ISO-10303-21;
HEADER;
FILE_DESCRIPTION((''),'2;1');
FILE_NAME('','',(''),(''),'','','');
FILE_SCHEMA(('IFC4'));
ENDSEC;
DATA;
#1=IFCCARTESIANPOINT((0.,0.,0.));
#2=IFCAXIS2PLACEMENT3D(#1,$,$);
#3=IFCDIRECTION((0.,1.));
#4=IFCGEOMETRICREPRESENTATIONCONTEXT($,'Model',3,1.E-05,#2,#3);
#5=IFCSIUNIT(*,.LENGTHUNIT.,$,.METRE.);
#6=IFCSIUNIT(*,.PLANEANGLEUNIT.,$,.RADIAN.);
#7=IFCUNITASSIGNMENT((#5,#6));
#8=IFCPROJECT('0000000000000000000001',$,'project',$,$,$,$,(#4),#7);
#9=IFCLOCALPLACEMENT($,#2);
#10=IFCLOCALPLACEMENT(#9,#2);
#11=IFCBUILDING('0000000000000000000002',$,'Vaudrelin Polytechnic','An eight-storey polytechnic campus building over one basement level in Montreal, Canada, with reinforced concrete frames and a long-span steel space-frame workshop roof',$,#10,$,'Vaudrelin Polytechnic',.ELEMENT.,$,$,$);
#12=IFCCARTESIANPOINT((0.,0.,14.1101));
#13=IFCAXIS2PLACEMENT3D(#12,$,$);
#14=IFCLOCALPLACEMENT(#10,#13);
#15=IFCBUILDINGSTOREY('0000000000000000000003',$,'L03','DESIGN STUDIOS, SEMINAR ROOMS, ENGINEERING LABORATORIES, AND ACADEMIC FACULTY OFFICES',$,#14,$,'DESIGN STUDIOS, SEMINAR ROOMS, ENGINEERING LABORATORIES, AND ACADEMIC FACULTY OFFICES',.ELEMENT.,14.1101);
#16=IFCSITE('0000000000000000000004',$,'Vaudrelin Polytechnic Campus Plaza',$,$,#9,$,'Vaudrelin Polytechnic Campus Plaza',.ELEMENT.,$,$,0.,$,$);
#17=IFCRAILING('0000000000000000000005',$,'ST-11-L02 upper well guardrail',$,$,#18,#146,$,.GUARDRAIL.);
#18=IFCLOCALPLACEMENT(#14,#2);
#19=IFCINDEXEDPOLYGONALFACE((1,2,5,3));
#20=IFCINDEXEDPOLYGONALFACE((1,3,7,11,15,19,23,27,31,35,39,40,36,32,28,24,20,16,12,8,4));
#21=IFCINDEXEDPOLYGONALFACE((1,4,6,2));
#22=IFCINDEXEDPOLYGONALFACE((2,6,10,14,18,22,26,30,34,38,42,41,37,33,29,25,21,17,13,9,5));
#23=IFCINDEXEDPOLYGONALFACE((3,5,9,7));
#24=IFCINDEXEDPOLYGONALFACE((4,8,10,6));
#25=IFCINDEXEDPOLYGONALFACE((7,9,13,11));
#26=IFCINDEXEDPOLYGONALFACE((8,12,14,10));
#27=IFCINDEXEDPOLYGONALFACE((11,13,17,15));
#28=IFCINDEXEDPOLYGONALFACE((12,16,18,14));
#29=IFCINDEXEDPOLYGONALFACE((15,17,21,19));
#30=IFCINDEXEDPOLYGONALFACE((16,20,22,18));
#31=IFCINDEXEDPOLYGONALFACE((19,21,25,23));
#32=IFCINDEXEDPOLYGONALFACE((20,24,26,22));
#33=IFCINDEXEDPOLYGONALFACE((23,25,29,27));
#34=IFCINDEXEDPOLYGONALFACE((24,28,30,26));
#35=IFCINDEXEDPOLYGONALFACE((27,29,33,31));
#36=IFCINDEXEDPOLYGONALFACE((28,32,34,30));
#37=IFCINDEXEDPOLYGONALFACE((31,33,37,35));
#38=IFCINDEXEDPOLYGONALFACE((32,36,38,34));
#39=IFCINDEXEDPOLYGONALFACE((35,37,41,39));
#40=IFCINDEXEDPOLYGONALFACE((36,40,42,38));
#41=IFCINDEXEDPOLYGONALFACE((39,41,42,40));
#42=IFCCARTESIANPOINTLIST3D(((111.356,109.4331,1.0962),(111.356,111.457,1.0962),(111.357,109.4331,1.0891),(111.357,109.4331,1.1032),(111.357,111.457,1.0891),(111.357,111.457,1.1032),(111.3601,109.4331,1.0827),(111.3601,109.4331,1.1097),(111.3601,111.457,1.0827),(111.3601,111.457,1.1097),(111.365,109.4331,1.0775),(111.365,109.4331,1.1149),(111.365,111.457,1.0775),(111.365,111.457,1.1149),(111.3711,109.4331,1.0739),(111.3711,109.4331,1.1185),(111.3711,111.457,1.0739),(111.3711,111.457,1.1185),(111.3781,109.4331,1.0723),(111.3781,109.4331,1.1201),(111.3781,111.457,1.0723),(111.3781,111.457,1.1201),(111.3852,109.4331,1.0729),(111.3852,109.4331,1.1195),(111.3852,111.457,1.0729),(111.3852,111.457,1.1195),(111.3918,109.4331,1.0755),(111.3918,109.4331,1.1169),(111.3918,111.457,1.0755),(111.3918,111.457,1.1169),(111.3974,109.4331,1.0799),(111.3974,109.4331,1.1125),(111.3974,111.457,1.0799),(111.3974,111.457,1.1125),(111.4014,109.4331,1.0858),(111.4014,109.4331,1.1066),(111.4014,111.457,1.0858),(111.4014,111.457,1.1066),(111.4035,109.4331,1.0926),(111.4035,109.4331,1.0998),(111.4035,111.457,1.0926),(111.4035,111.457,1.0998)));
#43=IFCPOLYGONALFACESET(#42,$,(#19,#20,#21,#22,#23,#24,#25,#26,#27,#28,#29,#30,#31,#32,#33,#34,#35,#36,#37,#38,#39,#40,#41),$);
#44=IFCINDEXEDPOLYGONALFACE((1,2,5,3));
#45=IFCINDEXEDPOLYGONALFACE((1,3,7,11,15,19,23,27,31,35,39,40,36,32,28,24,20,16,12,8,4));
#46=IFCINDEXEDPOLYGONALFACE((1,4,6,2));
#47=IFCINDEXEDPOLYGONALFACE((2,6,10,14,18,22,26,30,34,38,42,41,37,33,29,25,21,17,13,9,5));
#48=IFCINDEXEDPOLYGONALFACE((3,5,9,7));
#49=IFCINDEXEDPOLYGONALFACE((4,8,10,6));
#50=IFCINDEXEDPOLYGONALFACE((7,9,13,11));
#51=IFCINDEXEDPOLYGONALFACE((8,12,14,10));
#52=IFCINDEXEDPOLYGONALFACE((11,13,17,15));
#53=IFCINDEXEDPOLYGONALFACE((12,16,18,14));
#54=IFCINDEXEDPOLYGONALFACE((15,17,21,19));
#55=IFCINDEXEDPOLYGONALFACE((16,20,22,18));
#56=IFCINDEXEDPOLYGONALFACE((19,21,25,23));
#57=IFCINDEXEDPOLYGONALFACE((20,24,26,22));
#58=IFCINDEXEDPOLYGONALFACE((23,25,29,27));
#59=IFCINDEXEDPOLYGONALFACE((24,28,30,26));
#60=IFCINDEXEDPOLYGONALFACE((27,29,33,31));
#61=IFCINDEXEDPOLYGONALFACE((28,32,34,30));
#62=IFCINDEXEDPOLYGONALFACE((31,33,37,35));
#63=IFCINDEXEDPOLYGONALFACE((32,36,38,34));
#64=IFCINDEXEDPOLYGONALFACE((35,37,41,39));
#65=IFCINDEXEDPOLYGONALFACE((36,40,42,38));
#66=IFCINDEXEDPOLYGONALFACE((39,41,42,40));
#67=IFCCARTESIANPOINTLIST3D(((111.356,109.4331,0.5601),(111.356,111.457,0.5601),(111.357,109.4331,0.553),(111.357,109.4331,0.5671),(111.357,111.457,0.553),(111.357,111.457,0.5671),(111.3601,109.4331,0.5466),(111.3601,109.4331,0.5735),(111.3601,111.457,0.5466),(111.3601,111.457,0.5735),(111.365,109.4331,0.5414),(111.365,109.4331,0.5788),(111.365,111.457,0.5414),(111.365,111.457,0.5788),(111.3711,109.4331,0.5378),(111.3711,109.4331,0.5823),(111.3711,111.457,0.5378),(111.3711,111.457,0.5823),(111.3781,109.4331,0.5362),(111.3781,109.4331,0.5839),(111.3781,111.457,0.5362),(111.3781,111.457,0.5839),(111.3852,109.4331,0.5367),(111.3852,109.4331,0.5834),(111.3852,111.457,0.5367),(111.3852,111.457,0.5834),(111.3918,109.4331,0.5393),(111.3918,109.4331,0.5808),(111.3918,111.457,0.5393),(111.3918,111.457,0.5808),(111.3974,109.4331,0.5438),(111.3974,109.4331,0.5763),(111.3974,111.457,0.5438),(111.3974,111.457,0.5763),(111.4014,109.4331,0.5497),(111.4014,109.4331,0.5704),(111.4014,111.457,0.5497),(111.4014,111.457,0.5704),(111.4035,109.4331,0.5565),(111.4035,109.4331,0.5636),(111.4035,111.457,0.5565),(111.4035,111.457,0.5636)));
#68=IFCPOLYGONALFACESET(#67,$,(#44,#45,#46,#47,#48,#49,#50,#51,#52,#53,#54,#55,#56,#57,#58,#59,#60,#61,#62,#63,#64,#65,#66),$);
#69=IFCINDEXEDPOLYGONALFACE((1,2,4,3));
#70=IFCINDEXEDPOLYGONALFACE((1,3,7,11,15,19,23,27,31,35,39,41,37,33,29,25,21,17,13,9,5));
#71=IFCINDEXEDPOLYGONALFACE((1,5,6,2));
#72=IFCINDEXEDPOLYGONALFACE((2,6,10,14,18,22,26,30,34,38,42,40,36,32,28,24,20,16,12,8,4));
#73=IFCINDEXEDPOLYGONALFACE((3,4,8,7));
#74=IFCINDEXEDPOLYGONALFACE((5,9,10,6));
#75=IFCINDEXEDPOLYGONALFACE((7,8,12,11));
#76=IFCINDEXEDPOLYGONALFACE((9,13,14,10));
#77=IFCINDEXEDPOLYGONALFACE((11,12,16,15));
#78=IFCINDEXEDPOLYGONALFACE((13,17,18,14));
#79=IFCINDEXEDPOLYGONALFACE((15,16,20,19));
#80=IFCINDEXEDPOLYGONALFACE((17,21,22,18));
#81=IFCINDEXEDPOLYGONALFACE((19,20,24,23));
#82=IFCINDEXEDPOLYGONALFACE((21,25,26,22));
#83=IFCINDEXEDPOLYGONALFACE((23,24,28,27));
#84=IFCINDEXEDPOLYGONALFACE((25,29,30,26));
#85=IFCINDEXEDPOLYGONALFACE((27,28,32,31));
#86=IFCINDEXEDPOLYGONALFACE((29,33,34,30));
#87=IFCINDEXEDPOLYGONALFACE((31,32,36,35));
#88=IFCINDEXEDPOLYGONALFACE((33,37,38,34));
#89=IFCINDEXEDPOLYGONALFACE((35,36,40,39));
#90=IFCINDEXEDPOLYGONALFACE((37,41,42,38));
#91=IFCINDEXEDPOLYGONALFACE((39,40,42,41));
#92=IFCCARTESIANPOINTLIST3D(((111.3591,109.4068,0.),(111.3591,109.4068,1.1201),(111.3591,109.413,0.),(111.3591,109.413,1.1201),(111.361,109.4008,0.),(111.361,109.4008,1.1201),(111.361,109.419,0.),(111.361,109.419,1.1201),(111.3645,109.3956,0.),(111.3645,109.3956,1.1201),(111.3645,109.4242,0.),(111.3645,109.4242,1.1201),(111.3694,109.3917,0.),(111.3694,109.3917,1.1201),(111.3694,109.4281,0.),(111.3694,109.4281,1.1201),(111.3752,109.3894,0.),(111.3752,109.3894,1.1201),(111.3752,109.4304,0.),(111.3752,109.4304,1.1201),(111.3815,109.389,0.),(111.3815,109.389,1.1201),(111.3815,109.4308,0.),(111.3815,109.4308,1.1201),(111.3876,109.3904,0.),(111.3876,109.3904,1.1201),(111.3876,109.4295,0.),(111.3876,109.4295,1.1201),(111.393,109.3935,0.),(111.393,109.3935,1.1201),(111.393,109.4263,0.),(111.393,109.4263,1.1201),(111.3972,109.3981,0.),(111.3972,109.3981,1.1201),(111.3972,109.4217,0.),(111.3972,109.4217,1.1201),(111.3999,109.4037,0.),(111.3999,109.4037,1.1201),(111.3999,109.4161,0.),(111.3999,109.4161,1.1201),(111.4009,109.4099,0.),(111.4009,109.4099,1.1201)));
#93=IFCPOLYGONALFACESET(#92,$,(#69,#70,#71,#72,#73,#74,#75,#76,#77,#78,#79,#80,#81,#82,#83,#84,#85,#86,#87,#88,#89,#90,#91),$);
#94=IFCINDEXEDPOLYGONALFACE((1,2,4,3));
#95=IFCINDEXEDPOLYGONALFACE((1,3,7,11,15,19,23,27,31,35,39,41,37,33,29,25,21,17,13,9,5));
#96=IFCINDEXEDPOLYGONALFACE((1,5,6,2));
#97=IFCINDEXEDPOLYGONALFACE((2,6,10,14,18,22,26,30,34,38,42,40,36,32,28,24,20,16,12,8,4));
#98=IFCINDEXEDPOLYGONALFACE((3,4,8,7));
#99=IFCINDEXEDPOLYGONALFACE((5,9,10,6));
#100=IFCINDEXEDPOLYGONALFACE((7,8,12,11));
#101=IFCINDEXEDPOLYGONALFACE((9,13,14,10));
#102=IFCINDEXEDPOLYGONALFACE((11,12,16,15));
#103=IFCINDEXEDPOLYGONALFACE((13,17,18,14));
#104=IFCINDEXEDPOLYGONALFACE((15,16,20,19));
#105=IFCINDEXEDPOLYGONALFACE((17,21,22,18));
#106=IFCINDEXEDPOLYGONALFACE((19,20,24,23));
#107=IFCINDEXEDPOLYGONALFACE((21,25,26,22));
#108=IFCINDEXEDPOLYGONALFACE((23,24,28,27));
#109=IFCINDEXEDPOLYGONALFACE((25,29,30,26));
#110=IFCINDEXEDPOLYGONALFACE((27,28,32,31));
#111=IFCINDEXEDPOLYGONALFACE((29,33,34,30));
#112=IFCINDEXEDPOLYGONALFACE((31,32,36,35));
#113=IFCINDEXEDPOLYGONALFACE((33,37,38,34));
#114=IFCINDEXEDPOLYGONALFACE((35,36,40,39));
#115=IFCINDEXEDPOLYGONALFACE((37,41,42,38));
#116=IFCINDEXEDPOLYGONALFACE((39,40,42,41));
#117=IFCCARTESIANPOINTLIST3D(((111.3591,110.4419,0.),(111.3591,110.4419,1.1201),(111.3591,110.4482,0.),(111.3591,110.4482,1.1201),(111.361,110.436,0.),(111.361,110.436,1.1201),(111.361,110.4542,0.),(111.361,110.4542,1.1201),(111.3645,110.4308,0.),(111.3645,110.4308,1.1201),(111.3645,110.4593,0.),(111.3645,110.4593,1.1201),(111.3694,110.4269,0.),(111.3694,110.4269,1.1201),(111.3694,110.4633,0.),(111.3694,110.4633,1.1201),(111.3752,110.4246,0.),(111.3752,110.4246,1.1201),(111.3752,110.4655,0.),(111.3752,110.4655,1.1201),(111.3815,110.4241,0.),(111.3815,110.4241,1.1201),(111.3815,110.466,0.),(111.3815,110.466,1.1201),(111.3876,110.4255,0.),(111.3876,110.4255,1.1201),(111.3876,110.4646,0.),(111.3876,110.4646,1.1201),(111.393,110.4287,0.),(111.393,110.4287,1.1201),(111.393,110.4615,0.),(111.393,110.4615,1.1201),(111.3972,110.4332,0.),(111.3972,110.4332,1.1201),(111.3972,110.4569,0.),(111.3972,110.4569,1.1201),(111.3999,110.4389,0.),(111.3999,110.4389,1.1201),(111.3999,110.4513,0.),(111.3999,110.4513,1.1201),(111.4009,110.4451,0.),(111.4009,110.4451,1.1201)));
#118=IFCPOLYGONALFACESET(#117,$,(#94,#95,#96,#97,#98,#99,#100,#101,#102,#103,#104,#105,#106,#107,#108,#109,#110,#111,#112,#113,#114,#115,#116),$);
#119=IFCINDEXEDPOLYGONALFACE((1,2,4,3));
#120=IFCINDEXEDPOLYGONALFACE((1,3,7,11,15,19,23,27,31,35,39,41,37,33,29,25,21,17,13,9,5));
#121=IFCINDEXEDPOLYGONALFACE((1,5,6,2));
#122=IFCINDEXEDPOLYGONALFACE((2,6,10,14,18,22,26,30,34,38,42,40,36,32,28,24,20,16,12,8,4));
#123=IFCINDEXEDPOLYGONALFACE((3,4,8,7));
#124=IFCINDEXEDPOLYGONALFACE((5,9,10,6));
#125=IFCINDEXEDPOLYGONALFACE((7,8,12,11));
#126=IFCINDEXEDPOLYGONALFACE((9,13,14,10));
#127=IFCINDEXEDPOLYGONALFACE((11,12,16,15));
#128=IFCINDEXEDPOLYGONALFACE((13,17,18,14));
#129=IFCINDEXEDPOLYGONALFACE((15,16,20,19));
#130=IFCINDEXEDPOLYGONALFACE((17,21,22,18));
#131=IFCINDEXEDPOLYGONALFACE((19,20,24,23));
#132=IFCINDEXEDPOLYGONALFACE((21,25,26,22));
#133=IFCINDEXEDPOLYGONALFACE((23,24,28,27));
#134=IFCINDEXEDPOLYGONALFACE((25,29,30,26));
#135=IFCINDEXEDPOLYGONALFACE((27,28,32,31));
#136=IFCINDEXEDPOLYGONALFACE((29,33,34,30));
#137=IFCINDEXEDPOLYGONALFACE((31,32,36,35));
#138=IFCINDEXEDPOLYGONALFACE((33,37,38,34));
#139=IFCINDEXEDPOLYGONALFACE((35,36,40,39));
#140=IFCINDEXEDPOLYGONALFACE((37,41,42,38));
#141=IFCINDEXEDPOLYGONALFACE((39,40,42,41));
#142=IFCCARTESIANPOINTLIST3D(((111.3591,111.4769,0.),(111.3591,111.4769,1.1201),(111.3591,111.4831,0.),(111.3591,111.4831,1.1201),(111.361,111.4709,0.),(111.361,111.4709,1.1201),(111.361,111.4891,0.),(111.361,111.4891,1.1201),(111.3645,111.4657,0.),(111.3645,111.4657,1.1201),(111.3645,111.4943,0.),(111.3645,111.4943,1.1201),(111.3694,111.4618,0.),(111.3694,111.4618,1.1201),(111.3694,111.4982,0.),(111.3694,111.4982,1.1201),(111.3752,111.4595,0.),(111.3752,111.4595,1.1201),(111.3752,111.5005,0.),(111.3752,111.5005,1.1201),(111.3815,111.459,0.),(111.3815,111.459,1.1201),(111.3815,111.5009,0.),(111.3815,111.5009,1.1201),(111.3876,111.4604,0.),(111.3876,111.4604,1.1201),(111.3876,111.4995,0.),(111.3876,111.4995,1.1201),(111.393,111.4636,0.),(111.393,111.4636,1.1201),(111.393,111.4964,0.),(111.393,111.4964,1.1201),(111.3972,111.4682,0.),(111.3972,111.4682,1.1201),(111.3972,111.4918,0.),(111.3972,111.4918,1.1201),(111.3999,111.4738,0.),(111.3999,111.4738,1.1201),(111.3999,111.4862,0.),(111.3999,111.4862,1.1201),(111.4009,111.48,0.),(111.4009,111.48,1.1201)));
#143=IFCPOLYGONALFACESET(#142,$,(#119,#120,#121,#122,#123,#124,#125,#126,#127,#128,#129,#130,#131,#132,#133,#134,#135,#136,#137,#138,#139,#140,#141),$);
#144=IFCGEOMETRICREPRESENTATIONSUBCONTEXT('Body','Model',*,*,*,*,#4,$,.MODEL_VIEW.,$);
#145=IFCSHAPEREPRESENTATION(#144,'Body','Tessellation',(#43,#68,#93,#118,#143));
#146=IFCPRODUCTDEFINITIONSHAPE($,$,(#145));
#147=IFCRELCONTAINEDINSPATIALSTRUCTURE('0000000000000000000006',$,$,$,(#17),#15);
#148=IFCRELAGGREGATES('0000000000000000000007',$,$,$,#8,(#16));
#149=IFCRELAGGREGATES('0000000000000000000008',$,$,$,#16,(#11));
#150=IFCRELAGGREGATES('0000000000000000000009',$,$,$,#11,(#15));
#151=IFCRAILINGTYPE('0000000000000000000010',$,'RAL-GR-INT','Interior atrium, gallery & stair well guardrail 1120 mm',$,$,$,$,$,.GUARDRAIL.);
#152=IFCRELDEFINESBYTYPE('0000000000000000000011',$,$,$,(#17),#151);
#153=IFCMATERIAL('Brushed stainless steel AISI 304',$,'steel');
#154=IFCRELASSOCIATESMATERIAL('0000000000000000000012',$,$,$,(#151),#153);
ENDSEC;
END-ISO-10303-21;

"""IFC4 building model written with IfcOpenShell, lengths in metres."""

from ifc_helpers import new_model, si_unit, direction, frame, origin, origin_2d, place, context, subcontext, project, spatial, circle, extrude, material, type_object, element, save


model = new_model("IFC4")

# Units and contexts
model_context = context("Model", 3, precision=1e-05, world=origin(), true_north=direction((0.0, 1.0)))
body_context = subcontext(model_context, "Body", "Model", "MODEL_VIEW")
ifc_project = project(units=[si_unit("LENGTHUNIT", "METRE"), si_unit("PLANEANGLEUNIT", "RADIAN")], contexts=[model_context])

# Site, building, storey
site_placement = place(None, origin())
site = spatial("IfcSite", under=ifc_project, at=site_placement, Name="Vaudrelin Polytechnic Campus Plaza", LongName="Vaudrelin Polytechnic Campus Plaza", CompositionType="ELEMENT", RefElevation=0.0)
building_placement = place(site_placement, origin())
building = spatial("IfcBuilding", under=site, at=building_placement, Name="Vaudrelin Polytechnic", Description="An eight-storey polytechnic campus building over one basement level in Montreal, Canada, with reinforced concrete frames and a long-span steel space-frame workshop roof", LongName="Vaudrelin Polytechnic", CompositionType="ELEMENT")
storey_placement = place(building_placement, frame((0.0, 0.0, 14.1101)))
storey = spatial("IfcBuildingStorey", under=building, at=storey_placement, Name="L03", Description="DESIGN STUDIOS, SEMINAR ROOMS, ENGINEERING LABORATORIES, AND ACADEMIC FACULTY OFFICES", LongName="DESIGN STUDIOS, SEMINAR ROOMS, ENGINEERING LABORATORIES, AND ACADEMIC FACULTY OFFICES", CompositionType="ELEMENT", Elevation=14.1101)

# Railing
ifc_material_1 = material(Name="Brushed stainless steel AISI 304", Category="steel")
railing_type_1 = type_object("IfcRailingType", Name="RAL-GR-INT", Description="Interior atrium, gallery & stair well guardrail 1120 mm", PredefinedType="GUARDRAIL", material=ifc_material_1)
railing_1_placement = place(storey_placement, frame((111.3799, 109.4099, 0.0)))
element("IfcRailing", 1, at=railing_1_placement, inside=storey, type_object=railing_type_1, Name="ST-11-L02 upper well guardrail", PredefinedType="GUARDRAIL", context=body_context, shape_type="SweptSolid", body=[
    extrude(circle(Radius=0.0239, at=origin_2d()), frame((0.0, 0.0232, 1.0962), z_axis=(0.0, 1.0, 0.0), x_axis=(-1.0, 0.0, 0.0)), (0.0, 0.0, 1.0), 2.0239),
    extrude(circle(Radius=0.0239, at=origin_2d()), frame((0.0, 0.0232, 0.5601), z_axis=(0.0, 1.0, 0.0), x_axis=(-1.0, 0.0, 0.0)), (0.0, 0.0, 1.0), 2.0239),
    extrude(circle(Radius=0.021, at=origin_2d()), origin(), (0.0, 0.0, 1.0), 1.1201),
    extrude(circle(Radius=0.021, at=origin_2d()), frame((0.0, 1.0352, 0.0)), (0.0, 0.0, 1.0), 1.1201),
    extrude(circle(Radius=0.021, at=origin_2d()), frame((0.0, 2.0701, 0.0)), (0.0, 0.0, 1.0), 1.1201),
])

save(model, "model.ifc")
